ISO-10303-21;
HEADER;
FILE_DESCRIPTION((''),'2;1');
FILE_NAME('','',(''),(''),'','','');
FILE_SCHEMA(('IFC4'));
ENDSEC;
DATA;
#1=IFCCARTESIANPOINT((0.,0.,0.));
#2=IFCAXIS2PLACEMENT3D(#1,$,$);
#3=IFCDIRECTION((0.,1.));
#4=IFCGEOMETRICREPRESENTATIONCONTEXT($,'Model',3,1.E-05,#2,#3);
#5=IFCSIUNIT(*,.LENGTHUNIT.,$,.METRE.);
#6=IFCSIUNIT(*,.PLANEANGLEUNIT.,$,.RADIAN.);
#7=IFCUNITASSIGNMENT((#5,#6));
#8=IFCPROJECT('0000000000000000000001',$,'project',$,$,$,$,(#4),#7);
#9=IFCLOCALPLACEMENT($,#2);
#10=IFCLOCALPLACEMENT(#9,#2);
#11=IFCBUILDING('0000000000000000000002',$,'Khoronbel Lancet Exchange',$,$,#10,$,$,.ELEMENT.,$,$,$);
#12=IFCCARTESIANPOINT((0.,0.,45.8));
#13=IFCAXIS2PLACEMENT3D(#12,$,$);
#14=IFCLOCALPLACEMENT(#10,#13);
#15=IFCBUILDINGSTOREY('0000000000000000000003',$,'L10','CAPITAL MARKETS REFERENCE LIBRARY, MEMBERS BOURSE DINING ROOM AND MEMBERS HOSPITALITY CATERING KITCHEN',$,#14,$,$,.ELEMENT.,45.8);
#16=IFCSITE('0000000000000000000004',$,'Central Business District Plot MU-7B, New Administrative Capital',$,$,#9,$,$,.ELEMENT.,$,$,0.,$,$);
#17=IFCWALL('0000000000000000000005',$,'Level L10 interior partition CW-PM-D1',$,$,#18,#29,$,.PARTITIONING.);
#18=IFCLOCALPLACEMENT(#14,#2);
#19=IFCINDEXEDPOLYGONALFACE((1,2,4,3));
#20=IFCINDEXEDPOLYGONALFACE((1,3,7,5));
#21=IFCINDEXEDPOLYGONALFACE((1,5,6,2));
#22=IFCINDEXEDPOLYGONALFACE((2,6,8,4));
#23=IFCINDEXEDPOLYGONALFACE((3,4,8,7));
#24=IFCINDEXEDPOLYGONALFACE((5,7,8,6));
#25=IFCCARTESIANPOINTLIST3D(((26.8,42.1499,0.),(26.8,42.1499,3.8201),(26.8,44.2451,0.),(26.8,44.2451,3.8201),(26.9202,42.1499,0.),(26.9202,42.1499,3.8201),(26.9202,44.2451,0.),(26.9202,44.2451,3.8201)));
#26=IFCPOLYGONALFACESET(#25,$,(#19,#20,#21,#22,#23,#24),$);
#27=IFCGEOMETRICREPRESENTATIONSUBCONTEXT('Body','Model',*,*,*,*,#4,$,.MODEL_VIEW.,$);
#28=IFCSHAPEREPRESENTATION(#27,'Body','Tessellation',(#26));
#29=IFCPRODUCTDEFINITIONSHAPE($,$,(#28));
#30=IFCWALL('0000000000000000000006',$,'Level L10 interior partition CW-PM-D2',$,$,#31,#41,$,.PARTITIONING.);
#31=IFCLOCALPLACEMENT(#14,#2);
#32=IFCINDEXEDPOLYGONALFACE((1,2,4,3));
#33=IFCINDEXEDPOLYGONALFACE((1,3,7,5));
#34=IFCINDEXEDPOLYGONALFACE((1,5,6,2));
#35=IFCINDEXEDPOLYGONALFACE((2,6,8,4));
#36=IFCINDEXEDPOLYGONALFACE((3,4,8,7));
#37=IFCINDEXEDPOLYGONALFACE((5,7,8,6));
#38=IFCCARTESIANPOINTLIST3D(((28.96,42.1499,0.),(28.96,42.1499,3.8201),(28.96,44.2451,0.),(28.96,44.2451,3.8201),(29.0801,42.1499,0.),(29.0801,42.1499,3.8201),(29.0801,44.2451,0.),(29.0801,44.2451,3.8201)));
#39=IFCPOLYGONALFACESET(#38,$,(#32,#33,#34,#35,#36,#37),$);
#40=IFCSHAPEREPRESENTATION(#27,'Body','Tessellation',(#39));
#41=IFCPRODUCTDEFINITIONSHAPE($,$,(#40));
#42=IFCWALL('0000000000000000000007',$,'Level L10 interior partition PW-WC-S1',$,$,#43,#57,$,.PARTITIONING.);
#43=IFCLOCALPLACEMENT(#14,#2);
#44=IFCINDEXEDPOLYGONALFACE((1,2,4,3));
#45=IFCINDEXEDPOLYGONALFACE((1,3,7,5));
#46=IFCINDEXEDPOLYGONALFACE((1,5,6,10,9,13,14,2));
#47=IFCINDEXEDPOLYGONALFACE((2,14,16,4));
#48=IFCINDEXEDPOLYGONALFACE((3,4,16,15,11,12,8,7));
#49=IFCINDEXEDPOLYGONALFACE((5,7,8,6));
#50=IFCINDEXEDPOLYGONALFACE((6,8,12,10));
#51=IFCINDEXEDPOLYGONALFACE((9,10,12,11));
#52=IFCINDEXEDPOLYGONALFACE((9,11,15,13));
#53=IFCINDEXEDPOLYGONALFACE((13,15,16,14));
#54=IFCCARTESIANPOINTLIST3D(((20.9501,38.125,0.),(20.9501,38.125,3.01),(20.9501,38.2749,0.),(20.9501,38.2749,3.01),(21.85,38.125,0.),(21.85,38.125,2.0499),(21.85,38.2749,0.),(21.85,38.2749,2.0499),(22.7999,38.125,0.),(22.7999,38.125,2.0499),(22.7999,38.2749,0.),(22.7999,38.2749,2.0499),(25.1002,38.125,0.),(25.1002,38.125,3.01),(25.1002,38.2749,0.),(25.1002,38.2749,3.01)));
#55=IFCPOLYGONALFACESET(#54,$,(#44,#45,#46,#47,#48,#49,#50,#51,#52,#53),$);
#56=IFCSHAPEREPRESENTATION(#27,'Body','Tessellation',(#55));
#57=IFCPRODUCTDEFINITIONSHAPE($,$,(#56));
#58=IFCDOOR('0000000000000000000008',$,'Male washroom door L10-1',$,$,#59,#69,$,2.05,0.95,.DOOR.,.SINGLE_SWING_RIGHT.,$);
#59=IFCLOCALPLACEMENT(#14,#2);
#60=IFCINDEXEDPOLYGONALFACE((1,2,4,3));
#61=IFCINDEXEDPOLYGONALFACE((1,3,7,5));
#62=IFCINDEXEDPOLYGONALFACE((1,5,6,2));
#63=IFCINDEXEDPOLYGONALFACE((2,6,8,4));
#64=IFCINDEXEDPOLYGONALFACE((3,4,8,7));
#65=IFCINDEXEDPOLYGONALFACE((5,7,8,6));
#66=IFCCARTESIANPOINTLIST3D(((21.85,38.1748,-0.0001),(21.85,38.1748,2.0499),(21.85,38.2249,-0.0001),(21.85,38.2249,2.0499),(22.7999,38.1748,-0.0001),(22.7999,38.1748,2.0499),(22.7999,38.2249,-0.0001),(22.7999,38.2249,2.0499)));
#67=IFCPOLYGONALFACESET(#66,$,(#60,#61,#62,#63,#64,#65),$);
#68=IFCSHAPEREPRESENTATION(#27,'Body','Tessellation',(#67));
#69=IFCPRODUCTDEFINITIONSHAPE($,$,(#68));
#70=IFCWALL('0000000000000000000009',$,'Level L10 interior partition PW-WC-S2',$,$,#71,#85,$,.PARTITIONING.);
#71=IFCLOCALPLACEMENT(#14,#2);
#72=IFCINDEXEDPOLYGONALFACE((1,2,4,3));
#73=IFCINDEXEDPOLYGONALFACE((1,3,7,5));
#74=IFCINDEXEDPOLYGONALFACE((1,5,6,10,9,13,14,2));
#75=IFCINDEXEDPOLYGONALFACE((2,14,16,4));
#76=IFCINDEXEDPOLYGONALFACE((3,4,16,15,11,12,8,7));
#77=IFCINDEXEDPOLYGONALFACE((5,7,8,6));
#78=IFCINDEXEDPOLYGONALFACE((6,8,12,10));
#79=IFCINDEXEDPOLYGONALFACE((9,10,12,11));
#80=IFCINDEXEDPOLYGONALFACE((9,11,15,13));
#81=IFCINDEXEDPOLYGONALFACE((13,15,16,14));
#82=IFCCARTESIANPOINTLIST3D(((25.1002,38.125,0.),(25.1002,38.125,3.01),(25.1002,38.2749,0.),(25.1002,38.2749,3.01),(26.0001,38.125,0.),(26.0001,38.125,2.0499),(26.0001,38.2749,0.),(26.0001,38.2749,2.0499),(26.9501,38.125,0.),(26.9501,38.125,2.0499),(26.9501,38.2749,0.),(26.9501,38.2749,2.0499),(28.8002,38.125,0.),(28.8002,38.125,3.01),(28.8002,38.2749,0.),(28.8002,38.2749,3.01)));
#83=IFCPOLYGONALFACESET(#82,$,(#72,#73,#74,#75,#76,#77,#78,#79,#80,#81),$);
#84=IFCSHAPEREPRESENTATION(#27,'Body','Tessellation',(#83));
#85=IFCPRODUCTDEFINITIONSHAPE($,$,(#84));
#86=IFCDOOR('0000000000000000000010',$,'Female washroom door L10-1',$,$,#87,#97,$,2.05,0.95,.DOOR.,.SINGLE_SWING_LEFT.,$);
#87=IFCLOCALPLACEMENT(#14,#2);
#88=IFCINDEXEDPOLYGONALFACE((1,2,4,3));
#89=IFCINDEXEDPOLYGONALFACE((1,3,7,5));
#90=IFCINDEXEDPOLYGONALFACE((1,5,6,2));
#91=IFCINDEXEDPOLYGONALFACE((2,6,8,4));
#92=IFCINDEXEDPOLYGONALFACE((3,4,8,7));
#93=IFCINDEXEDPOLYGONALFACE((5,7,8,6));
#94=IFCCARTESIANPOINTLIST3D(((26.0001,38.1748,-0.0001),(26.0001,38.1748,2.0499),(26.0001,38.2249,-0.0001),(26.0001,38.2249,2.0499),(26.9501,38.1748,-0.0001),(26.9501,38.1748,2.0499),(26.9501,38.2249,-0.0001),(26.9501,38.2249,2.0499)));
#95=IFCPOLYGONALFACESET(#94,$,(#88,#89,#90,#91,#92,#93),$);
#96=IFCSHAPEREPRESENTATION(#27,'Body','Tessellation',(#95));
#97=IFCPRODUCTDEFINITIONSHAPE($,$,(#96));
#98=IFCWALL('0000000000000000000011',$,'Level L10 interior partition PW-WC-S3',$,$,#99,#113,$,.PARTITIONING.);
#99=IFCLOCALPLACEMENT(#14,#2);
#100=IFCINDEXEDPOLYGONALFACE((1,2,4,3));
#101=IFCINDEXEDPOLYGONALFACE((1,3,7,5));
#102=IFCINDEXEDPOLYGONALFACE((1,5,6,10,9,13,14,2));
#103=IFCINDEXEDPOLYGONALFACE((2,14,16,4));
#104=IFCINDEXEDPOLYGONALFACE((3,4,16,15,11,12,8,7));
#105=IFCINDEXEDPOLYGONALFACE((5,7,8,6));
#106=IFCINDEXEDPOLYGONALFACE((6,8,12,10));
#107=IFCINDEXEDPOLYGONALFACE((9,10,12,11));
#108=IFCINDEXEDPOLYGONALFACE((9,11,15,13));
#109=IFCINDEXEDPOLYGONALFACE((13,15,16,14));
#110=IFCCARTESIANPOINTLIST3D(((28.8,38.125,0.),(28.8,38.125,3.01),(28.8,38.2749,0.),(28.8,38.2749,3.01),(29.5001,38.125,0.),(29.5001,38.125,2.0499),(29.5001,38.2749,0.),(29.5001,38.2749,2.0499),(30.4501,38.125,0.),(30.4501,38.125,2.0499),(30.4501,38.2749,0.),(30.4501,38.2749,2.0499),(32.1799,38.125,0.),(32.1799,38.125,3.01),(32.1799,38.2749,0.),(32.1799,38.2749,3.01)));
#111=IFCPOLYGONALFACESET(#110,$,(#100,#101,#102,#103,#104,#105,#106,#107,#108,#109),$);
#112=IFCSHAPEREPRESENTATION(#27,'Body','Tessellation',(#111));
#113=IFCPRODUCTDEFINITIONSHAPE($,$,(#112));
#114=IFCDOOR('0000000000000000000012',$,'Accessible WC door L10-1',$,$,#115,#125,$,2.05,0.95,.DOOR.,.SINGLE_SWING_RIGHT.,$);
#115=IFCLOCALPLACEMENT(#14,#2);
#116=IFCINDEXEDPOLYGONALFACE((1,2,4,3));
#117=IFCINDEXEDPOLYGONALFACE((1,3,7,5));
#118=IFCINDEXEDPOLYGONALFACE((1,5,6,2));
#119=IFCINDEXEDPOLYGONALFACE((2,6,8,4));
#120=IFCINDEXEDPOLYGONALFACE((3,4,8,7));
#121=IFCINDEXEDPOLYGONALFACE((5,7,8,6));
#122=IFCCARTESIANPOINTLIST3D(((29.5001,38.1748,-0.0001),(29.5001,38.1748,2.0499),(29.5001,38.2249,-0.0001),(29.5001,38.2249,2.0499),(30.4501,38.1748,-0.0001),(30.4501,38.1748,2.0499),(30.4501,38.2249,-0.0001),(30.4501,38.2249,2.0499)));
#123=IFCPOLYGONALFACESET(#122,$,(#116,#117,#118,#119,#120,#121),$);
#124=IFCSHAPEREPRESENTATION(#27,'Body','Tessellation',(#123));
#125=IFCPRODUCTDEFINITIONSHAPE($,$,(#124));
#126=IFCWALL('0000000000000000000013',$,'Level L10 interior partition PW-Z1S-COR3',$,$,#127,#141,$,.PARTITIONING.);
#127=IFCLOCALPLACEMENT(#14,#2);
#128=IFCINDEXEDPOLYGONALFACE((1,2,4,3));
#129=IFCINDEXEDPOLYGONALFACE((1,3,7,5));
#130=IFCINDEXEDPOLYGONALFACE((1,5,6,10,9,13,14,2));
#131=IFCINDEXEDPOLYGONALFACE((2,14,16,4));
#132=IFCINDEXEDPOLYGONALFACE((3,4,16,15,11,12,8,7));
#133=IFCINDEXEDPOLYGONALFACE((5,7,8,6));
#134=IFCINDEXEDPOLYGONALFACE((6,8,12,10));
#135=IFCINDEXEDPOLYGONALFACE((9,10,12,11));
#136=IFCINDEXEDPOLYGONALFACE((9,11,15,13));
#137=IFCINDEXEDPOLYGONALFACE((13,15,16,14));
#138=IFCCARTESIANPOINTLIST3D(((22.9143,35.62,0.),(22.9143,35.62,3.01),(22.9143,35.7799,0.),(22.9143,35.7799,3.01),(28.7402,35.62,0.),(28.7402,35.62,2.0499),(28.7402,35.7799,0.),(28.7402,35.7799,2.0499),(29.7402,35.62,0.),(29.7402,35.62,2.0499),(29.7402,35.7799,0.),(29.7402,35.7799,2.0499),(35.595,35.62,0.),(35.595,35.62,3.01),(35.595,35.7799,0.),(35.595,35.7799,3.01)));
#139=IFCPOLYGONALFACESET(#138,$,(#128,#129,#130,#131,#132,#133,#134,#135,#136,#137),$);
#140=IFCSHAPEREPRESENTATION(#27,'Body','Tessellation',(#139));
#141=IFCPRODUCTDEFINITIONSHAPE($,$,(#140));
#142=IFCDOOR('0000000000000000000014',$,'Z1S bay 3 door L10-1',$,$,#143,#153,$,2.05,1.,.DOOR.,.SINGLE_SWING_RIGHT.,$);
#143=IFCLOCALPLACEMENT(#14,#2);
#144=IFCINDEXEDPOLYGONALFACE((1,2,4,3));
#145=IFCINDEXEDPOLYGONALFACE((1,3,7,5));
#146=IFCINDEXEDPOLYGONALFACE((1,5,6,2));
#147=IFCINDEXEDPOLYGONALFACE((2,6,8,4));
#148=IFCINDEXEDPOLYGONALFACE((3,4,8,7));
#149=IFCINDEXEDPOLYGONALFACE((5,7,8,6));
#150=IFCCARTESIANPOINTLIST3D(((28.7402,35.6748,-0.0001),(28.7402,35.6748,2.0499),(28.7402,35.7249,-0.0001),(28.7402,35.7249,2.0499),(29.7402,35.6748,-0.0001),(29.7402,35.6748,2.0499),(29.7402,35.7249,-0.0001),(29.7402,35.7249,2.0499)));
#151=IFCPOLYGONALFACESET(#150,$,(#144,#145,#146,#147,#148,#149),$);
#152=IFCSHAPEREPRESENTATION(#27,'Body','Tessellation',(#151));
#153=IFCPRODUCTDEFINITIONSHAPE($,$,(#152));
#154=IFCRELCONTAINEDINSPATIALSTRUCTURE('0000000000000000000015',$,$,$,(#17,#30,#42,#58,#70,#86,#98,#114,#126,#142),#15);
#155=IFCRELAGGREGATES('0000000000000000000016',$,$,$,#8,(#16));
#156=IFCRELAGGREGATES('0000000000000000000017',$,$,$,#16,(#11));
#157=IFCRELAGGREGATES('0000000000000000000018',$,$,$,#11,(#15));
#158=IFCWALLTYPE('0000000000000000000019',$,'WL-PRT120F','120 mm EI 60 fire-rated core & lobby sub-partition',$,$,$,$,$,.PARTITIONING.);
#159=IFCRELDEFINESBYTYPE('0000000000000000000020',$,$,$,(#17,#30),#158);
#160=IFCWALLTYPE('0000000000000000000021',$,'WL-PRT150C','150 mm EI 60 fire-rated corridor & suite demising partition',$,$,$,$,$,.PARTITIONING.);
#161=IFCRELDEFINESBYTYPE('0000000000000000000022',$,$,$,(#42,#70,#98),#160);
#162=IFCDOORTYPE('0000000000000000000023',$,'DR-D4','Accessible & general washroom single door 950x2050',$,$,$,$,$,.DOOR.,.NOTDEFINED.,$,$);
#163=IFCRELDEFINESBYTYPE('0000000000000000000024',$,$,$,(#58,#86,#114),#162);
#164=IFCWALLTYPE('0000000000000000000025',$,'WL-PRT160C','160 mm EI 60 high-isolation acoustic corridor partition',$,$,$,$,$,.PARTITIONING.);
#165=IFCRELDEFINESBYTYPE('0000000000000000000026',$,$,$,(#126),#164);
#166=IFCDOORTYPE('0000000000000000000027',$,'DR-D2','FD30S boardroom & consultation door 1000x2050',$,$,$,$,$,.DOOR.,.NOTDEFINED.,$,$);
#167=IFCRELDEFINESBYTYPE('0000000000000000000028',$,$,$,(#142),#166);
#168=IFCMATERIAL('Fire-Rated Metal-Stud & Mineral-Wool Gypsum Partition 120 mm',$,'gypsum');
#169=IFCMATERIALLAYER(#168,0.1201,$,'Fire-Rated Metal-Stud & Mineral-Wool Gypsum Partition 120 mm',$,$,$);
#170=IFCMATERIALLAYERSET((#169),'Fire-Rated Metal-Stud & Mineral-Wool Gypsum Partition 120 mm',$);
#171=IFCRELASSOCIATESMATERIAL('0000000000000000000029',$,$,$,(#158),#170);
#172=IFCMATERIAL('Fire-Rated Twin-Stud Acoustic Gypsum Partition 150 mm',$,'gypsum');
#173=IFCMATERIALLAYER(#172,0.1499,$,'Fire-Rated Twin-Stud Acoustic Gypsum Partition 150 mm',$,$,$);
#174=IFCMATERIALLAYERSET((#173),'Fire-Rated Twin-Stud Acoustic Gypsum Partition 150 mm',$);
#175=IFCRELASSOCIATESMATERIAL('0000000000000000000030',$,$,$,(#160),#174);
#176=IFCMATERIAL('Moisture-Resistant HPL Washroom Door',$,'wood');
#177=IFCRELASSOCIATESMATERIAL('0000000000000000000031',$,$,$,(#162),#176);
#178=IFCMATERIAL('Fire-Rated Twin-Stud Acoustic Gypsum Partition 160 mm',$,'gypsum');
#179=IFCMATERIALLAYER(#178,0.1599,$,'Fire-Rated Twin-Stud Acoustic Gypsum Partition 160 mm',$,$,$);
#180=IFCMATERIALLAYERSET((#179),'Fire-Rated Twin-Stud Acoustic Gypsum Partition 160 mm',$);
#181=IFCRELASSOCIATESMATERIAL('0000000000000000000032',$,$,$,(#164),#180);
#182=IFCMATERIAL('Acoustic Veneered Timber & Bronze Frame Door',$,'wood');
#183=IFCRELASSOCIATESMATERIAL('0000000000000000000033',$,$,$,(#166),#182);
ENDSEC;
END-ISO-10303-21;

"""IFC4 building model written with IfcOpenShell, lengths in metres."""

from ifc_helpers import new_model, si_unit, direction, frame, frame_2d, origin, place, context, subcontext, project, spatial, rectangle, extrude, material, layer, layer_set, type_object, element, fill, save


model = new_model("IFC4")

# Units and contexts
model_context = context("Model", 3, precision=1e-05, world=origin(), true_north=direction((0.0, 1.0)))
body_context = subcontext(model_context, "Body", "Model", "MODEL_VIEW")
ifc_project = project(units=[si_unit("LENGTHUNIT", "METRE"), si_unit("PLANEANGLEUNIT", "RADIAN")], contexts=[model_context])

# Site, building, storey
site_placement = place(None, origin())
site = spatial("IfcSite", under=ifc_project, at=site_placement, Name="Central Business District Plot MU-7B, New Administrative Capital", CompositionType="ELEMENT", RefElevation=0.0)
building_placement = place(site_placement, origin())
building = spatial("IfcBuilding", under=site, at=building_placement, Name="Khoronbel Lancet Exchange", CompositionType="ELEMENT")
storey_placement = place(building_placement, frame((0.0, 0.0, 45.8)))
storey = spatial("IfcBuildingStorey", under=building, at=storey_placement, Name="L10", Description="CAPITAL MARKETS REFERENCE LIBRARY, MEMBERS BOURSE DINING ROOM AND MEMBERS HOSPITALITY CATERING KITCHEN", CompositionType="ELEMENT", Elevation=45.8)

# Walls
ifc_material_1 = material(Name="Fire-Rated Metal-Stud & Mineral-Wool Gypsum Partition 120 mm", Category="gypsum")
ifc_layer_1 = layer(ifc_material_1, 0.1201, Name="Fire-Rated Metal-Stud & Mineral-Wool Gypsum Partition 120 mm")
ifc_layer_set_1 = layer_set([ifc_layer_1], Name="Fire-Rated Metal-Stud & Mineral-Wool Gypsum Partition 120 mm")
wall_type_1 = type_object("IfcWallType", Name="WL-PRT120F", Description="120 mm EI 60 fire-rated core & lobby sub-partition", PredefinedType="PARTITIONING", material=ifc_layer_set_1)
for number, where, z_axis, x_axis, name in (
    (1, (26.8601, 42.1499, 0.0), (0.0, 0.0, 1.0), (0.0, 1.0, 0.0), "Level L10 interior partition CW-PM-D1"),
    (2, (29.02, 42.1499, 0.0), (0.0, 0.0, 1.0), (0.0, 1.0, 0.0), "Level L10 interior partition CW-PM-D2"),
):
    element("IfcWall", number, at=place(storey_placement, frame(where, z_axis=z_axis, x_axis=x_axis)), inside=storey, type_object=wall_type_1, Name=name, PredefinedType="PARTITIONING", context=body_context, shape_type="SweptSolid", body=[
        extrude(rectangle(XDim=2.0952, YDim=0.1201, at=frame_2d((1.0476, 0.0))), origin(), (0.0, 0.0, 1.0), 3.8201),
    ])

# Walls, openings, doors
ifc_material_2 = material(Name="Fire-Rated Twin-Stud Acoustic Gypsum Partition 150 mm", Category="gypsum")
ifc_layer_2 = layer(ifc_material_2, 0.1499, Name="Fire-Rated Twin-Stud Acoustic Gypsum Partition 150 mm")
ifc_layer_set_2 = layer_set([ifc_layer_2], Name="Fire-Rated Twin-Stud Acoustic Gypsum Partition 150 mm")
wall_type_2 = type_object("IfcWallType", Name="WL-PRT150C", Description="150 mm EI 60 fire-rated corridor & suite demising partition", PredefinedType="PARTITIONING", material=ifc_layer_set_2)
wall_1_placement = place(storey_placement, frame((20.95, 38.2, 0.0), z_axis=(0.0, 0.0, 1.0), x_axis=(1.0, 0.0, 0.0)))
wall_1 = element("IfcWall", 3, at=wall_1_placement, inside=storey, type_object=wall_type_2, Name="Level L10 interior partition PW-WC-S1", PredefinedType="PARTITIONING", context=body_context, shape_type="SweptSolid", body=[
    extrude(rectangle(XDim=4.1501, YDim=0.1499, at=frame_2d((2.0752, 0.0))), origin(), (0.0, 0.0, 1.0), 3.01),
])
opening_1_placement = place(wall_1_placement, frame((0.8999, 0.0, 0.0)))
opening_1 = element("IfcOpeningElement", 4, at=opening_1_placement, cuts=wall_1, PredefinedType="OPENING", context=body_context, shape_type="SweptSolid", body=[
    extrude(rectangle(XDim=0.95, YDim=2.05, at=frame_2d((0.4751, 1.0249))), frame((0.0, 0.085, 0.0), z_axis=(0.0, -1.0, 0.0), x_axis=(1.0, 0.0, 0.0)), (0.0, 0.0, 1.0), 0.1699),
])
ifc_material_3 = material(Name="Moisture-Resistant HPL Washroom Door", Category="wood")
door_type_1 = type_object("IfcDoorType", Name="DR-D4", Description="Accessible & general washroom single door 950x2050", OperationType="NOTDEFINED", PredefinedType="DOOR", material=ifc_material_3)
door_1_placement = place(opening_1_placement, origin())
door_1 = element("IfcDoor", 5, at=door_1_placement, inside=storey, type_object=door_type_1, Name="Male washroom door L10-1", OperationType="SINGLE_SWING_RIGHT", OverallHeight=2.05, OverallWidth=0.95, PredefinedType="DOOR", context=body_context, shape_type="SweptSolid", body=[
    extrude(rectangle(XDim=0.95, YDim=2.05, at=frame_2d((0.4751, 1.0249))), frame((0.0, 0.0249, 0.0), z_axis=(0.0, -1.0, 0.0), x_axis=(1.0, 0.0, 0.0)), (0.0, 0.0, 1.0), 0.05),
])
fill(opening_1, door_1)
wall_2_placement = place(storey_placement, frame((25.1001, 38.2, 0.0), z_axis=(0.0, 0.0, 1.0), x_axis=(1.0, 0.0, 0.0)))
wall_2 = element("IfcWall", 6, at=wall_2_placement, inside=storey, type_object=wall_type_2, Name="Level L10 interior partition PW-WC-S2", PredefinedType="PARTITIONING", context=body_context, shape_type="SweptSolid", body=[
    extrude(rectangle(XDim=3.7, YDim=0.1499, at=frame_2d((1.8501, 0.0))), origin(), (0.0, 0.0, 1.0), 3.01),
])
opening_2_placement = place(wall_2_placement, frame((0.8999, 0.0, 0.0)))
opening_2 = element("IfcOpeningElement", 7, at=opening_2_placement, cuts=wall_2, PredefinedType="OPENING", context=body_context, shape_type="SweptSolid", body=[
    extrude(rectangle(XDim=0.95, YDim=2.05, at=frame_2d((0.4751, 1.0249))), frame((0.0, 0.085, 0.0), z_axis=(0.0, -1.0, 0.0), x_axis=(1.0, 0.0, 0.0)), (0.0, 0.0, 1.0), 0.1699),
])
door_2_placement = place(opening_2_placement, origin())
door_2 = element("IfcDoor", 8, at=door_2_placement, inside=storey, type_object=door_type_1, Name="Female washroom door L10-1", OperationType="SINGLE_SWING_LEFT", OverallHeight=2.05, OverallWidth=0.95, PredefinedType="DOOR", context=body_context, shape_type="SweptSolid", body=[
    extrude(rectangle(XDim=0.95, YDim=2.05, at=frame_2d((0.4751, 1.0249))), frame((0.0, 0.0249, 0.0), z_axis=(0.0, -1.0, 0.0), x_axis=(1.0, 0.0, 0.0)), (0.0, 0.0, 1.0), 0.05),
])
fill(opening_2, door_2)
wall_3_placement = place(storey_placement, frame((28.8, 38.2, 0.0), z_axis=(0.0, 0.0, 1.0), x_axis=(1.0, 0.0, 0.0)))
wall_3 = element("IfcWall", 9, at=wall_3_placement, inside=storey, type_object=wall_type_2, Name="Level L10 interior partition PW-WC-S3", PredefinedType="PARTITIONING", context=body_context, shape_type="SweptSolid", body=[
    extrude(rectangle(XDim=3.3799, YDim=0.1499, at=frame_2d((1.6899, 0.0))), origin(), (0.0, 0.0, 1.0), 3.01),
])
opening_3_placement = place(wall_3_placement, frame((0.7, 0.0, 0.0)))
opening_3 = element("IfcOpeningElement", 10, at=opening_3_placement, cuts=wall_3, PredefinedType="OPENING", context=body_context, shape_type="SweptSolid", body=[
    extrude(rectangle(XDim=0.95, YDim=2.05, at=frame_2d((0.4751, 1.0249))), frame((0.0, 0.085, 0.0), z_axis=(0.0, -1.0, 0.0), x_axis=(1.0, 0.0, 0.0)), (0.0, 0.0, 1.0), 0.1699),
])
door_3_placement = place(opening_3_placement, origin())
door_3 = element("IfcDoor", 11, at=door_3_placement, inside=storey, type_object=door_type_1, Name="Accessible WC door L10-1", OperationType="SINGLE_SWING_RIGHT", OverallHeight=2.05, OverallWidth=0.95, PredefinedType="DOOR", context=body_context, shape_type="SweptSolid", body=[
    extrude(rectangle(XDim=0.95, YDim=2.05, at=frame_2d((0.4751, 1.0249))), frame((0.0, 0.0249, 0.0), z_axis=(0.0, -1.0, 0.0), x_axis=(1.0, 0.0, 0.0)), (0.0, 0.0, 1.0), 0.05),
])
fill(opening_3, door_3)
ifc_material_4 = material(Name="Fire-Rated Twin-Stud Acoustic Gypsum Partition 160 mm", Category="gypsum")
ifc_layer_3 = layer(ifc_material_4, 0.1599, Name="Fire-Rated Twin-Stud Acoustic Gypsum Partition 160 mm")
ifc_layer_set_3 = layer_set([ifc_layer_3], Name="Fire-Rated Twin-Stud Acoustic Gypsum Partition 160 mm")
wall_type_3 = type_object("IfcWallType", Name="WL-PRT160C", Description="160 mm EI 60 high-isolation acoustic corridor partition", PredefinedType="PARTITIONING", material=ifc_layer_set_3)
wall_4_placement = place(storey_placement, frame((22.9143, 35.7, 0.0), z_axis=(0.0, 0.0, 1.0), x_axis=(1.0, 0.0, 0.0)))
wall_4 = element("IfcWall", 12, at=wall_4_placement, inside=storey, type_object=wall_type_3, Name="Level L10 interior partition PW-Z1S-COR3", PredefinedType="PARTITIONING", context=body_context, shape_type="SweptSolid", body=[
    extrude(rectangle(XDim=12.6807, YDim=0.1599, at=frame_2d((6.3403, 0.0))), origin(), (0.0, 0.0, 1.0), 3.01),
])
opening_4_placement = place(wall_4_placement, frame((5.8259, 0.0, 0.0)))
opening_4 = element("IfcOpeningElement", 13, at=opening_4_placement, cuts=wall_4, PredefinedType="OPENING", context=body_context, shape_type="SweptSolid", body=[
    extrude(rectangle(XDim=1.0, YDim=2.05, at=frame_2d((0.5, 1.0249))), frame((0.0, 0.0898, 0.0), z_axis=(0.0, -1.0, 0.0), x_axis=(1.0, 0.0, 0.0)), (0.0, 0.0, 1.0), 0.1799),
])
ifc_material_5 = material(Name="Acoustic Veneered Timber & Bronze Frame Door", Category="wood")
door_type_2 = type_object("IfcDoorType", Name="DR-D2", Description="FD30S boardroom & consultation door 1000x2050", OperationType="NOTDEFINED", PredefinedType="DOOR", material=ifc_material_5)
door_4_placement = place(opening_4_placement, origin())
door_4 = element("IfcDoor", 14, at=door_4_placement, inside=storey, type_object=door_type_2, Name="Z1S bay 3 door L10-1", OperationType="SINGLE_SWING_RIGHT", OverallHeight=2.05, OverallWidth=1.0, PredefinedType="DOOR", context=body_context, shape_type="SweptSolid", body=[
    extrude(rectangle(XDim=1.0, YDim=2.05, at=frame_2d((0.5, 1.0249))), frame((0.0, 0.0249, 0.0), z_axis=(0.0, -1.0, 0.0), x_axis=(1.0, 0.0, 0.0)), (0.0, 0.0, 1.0), 0.05),
])
fill(opening_4, door_4)

save(model, "model.ifc")
